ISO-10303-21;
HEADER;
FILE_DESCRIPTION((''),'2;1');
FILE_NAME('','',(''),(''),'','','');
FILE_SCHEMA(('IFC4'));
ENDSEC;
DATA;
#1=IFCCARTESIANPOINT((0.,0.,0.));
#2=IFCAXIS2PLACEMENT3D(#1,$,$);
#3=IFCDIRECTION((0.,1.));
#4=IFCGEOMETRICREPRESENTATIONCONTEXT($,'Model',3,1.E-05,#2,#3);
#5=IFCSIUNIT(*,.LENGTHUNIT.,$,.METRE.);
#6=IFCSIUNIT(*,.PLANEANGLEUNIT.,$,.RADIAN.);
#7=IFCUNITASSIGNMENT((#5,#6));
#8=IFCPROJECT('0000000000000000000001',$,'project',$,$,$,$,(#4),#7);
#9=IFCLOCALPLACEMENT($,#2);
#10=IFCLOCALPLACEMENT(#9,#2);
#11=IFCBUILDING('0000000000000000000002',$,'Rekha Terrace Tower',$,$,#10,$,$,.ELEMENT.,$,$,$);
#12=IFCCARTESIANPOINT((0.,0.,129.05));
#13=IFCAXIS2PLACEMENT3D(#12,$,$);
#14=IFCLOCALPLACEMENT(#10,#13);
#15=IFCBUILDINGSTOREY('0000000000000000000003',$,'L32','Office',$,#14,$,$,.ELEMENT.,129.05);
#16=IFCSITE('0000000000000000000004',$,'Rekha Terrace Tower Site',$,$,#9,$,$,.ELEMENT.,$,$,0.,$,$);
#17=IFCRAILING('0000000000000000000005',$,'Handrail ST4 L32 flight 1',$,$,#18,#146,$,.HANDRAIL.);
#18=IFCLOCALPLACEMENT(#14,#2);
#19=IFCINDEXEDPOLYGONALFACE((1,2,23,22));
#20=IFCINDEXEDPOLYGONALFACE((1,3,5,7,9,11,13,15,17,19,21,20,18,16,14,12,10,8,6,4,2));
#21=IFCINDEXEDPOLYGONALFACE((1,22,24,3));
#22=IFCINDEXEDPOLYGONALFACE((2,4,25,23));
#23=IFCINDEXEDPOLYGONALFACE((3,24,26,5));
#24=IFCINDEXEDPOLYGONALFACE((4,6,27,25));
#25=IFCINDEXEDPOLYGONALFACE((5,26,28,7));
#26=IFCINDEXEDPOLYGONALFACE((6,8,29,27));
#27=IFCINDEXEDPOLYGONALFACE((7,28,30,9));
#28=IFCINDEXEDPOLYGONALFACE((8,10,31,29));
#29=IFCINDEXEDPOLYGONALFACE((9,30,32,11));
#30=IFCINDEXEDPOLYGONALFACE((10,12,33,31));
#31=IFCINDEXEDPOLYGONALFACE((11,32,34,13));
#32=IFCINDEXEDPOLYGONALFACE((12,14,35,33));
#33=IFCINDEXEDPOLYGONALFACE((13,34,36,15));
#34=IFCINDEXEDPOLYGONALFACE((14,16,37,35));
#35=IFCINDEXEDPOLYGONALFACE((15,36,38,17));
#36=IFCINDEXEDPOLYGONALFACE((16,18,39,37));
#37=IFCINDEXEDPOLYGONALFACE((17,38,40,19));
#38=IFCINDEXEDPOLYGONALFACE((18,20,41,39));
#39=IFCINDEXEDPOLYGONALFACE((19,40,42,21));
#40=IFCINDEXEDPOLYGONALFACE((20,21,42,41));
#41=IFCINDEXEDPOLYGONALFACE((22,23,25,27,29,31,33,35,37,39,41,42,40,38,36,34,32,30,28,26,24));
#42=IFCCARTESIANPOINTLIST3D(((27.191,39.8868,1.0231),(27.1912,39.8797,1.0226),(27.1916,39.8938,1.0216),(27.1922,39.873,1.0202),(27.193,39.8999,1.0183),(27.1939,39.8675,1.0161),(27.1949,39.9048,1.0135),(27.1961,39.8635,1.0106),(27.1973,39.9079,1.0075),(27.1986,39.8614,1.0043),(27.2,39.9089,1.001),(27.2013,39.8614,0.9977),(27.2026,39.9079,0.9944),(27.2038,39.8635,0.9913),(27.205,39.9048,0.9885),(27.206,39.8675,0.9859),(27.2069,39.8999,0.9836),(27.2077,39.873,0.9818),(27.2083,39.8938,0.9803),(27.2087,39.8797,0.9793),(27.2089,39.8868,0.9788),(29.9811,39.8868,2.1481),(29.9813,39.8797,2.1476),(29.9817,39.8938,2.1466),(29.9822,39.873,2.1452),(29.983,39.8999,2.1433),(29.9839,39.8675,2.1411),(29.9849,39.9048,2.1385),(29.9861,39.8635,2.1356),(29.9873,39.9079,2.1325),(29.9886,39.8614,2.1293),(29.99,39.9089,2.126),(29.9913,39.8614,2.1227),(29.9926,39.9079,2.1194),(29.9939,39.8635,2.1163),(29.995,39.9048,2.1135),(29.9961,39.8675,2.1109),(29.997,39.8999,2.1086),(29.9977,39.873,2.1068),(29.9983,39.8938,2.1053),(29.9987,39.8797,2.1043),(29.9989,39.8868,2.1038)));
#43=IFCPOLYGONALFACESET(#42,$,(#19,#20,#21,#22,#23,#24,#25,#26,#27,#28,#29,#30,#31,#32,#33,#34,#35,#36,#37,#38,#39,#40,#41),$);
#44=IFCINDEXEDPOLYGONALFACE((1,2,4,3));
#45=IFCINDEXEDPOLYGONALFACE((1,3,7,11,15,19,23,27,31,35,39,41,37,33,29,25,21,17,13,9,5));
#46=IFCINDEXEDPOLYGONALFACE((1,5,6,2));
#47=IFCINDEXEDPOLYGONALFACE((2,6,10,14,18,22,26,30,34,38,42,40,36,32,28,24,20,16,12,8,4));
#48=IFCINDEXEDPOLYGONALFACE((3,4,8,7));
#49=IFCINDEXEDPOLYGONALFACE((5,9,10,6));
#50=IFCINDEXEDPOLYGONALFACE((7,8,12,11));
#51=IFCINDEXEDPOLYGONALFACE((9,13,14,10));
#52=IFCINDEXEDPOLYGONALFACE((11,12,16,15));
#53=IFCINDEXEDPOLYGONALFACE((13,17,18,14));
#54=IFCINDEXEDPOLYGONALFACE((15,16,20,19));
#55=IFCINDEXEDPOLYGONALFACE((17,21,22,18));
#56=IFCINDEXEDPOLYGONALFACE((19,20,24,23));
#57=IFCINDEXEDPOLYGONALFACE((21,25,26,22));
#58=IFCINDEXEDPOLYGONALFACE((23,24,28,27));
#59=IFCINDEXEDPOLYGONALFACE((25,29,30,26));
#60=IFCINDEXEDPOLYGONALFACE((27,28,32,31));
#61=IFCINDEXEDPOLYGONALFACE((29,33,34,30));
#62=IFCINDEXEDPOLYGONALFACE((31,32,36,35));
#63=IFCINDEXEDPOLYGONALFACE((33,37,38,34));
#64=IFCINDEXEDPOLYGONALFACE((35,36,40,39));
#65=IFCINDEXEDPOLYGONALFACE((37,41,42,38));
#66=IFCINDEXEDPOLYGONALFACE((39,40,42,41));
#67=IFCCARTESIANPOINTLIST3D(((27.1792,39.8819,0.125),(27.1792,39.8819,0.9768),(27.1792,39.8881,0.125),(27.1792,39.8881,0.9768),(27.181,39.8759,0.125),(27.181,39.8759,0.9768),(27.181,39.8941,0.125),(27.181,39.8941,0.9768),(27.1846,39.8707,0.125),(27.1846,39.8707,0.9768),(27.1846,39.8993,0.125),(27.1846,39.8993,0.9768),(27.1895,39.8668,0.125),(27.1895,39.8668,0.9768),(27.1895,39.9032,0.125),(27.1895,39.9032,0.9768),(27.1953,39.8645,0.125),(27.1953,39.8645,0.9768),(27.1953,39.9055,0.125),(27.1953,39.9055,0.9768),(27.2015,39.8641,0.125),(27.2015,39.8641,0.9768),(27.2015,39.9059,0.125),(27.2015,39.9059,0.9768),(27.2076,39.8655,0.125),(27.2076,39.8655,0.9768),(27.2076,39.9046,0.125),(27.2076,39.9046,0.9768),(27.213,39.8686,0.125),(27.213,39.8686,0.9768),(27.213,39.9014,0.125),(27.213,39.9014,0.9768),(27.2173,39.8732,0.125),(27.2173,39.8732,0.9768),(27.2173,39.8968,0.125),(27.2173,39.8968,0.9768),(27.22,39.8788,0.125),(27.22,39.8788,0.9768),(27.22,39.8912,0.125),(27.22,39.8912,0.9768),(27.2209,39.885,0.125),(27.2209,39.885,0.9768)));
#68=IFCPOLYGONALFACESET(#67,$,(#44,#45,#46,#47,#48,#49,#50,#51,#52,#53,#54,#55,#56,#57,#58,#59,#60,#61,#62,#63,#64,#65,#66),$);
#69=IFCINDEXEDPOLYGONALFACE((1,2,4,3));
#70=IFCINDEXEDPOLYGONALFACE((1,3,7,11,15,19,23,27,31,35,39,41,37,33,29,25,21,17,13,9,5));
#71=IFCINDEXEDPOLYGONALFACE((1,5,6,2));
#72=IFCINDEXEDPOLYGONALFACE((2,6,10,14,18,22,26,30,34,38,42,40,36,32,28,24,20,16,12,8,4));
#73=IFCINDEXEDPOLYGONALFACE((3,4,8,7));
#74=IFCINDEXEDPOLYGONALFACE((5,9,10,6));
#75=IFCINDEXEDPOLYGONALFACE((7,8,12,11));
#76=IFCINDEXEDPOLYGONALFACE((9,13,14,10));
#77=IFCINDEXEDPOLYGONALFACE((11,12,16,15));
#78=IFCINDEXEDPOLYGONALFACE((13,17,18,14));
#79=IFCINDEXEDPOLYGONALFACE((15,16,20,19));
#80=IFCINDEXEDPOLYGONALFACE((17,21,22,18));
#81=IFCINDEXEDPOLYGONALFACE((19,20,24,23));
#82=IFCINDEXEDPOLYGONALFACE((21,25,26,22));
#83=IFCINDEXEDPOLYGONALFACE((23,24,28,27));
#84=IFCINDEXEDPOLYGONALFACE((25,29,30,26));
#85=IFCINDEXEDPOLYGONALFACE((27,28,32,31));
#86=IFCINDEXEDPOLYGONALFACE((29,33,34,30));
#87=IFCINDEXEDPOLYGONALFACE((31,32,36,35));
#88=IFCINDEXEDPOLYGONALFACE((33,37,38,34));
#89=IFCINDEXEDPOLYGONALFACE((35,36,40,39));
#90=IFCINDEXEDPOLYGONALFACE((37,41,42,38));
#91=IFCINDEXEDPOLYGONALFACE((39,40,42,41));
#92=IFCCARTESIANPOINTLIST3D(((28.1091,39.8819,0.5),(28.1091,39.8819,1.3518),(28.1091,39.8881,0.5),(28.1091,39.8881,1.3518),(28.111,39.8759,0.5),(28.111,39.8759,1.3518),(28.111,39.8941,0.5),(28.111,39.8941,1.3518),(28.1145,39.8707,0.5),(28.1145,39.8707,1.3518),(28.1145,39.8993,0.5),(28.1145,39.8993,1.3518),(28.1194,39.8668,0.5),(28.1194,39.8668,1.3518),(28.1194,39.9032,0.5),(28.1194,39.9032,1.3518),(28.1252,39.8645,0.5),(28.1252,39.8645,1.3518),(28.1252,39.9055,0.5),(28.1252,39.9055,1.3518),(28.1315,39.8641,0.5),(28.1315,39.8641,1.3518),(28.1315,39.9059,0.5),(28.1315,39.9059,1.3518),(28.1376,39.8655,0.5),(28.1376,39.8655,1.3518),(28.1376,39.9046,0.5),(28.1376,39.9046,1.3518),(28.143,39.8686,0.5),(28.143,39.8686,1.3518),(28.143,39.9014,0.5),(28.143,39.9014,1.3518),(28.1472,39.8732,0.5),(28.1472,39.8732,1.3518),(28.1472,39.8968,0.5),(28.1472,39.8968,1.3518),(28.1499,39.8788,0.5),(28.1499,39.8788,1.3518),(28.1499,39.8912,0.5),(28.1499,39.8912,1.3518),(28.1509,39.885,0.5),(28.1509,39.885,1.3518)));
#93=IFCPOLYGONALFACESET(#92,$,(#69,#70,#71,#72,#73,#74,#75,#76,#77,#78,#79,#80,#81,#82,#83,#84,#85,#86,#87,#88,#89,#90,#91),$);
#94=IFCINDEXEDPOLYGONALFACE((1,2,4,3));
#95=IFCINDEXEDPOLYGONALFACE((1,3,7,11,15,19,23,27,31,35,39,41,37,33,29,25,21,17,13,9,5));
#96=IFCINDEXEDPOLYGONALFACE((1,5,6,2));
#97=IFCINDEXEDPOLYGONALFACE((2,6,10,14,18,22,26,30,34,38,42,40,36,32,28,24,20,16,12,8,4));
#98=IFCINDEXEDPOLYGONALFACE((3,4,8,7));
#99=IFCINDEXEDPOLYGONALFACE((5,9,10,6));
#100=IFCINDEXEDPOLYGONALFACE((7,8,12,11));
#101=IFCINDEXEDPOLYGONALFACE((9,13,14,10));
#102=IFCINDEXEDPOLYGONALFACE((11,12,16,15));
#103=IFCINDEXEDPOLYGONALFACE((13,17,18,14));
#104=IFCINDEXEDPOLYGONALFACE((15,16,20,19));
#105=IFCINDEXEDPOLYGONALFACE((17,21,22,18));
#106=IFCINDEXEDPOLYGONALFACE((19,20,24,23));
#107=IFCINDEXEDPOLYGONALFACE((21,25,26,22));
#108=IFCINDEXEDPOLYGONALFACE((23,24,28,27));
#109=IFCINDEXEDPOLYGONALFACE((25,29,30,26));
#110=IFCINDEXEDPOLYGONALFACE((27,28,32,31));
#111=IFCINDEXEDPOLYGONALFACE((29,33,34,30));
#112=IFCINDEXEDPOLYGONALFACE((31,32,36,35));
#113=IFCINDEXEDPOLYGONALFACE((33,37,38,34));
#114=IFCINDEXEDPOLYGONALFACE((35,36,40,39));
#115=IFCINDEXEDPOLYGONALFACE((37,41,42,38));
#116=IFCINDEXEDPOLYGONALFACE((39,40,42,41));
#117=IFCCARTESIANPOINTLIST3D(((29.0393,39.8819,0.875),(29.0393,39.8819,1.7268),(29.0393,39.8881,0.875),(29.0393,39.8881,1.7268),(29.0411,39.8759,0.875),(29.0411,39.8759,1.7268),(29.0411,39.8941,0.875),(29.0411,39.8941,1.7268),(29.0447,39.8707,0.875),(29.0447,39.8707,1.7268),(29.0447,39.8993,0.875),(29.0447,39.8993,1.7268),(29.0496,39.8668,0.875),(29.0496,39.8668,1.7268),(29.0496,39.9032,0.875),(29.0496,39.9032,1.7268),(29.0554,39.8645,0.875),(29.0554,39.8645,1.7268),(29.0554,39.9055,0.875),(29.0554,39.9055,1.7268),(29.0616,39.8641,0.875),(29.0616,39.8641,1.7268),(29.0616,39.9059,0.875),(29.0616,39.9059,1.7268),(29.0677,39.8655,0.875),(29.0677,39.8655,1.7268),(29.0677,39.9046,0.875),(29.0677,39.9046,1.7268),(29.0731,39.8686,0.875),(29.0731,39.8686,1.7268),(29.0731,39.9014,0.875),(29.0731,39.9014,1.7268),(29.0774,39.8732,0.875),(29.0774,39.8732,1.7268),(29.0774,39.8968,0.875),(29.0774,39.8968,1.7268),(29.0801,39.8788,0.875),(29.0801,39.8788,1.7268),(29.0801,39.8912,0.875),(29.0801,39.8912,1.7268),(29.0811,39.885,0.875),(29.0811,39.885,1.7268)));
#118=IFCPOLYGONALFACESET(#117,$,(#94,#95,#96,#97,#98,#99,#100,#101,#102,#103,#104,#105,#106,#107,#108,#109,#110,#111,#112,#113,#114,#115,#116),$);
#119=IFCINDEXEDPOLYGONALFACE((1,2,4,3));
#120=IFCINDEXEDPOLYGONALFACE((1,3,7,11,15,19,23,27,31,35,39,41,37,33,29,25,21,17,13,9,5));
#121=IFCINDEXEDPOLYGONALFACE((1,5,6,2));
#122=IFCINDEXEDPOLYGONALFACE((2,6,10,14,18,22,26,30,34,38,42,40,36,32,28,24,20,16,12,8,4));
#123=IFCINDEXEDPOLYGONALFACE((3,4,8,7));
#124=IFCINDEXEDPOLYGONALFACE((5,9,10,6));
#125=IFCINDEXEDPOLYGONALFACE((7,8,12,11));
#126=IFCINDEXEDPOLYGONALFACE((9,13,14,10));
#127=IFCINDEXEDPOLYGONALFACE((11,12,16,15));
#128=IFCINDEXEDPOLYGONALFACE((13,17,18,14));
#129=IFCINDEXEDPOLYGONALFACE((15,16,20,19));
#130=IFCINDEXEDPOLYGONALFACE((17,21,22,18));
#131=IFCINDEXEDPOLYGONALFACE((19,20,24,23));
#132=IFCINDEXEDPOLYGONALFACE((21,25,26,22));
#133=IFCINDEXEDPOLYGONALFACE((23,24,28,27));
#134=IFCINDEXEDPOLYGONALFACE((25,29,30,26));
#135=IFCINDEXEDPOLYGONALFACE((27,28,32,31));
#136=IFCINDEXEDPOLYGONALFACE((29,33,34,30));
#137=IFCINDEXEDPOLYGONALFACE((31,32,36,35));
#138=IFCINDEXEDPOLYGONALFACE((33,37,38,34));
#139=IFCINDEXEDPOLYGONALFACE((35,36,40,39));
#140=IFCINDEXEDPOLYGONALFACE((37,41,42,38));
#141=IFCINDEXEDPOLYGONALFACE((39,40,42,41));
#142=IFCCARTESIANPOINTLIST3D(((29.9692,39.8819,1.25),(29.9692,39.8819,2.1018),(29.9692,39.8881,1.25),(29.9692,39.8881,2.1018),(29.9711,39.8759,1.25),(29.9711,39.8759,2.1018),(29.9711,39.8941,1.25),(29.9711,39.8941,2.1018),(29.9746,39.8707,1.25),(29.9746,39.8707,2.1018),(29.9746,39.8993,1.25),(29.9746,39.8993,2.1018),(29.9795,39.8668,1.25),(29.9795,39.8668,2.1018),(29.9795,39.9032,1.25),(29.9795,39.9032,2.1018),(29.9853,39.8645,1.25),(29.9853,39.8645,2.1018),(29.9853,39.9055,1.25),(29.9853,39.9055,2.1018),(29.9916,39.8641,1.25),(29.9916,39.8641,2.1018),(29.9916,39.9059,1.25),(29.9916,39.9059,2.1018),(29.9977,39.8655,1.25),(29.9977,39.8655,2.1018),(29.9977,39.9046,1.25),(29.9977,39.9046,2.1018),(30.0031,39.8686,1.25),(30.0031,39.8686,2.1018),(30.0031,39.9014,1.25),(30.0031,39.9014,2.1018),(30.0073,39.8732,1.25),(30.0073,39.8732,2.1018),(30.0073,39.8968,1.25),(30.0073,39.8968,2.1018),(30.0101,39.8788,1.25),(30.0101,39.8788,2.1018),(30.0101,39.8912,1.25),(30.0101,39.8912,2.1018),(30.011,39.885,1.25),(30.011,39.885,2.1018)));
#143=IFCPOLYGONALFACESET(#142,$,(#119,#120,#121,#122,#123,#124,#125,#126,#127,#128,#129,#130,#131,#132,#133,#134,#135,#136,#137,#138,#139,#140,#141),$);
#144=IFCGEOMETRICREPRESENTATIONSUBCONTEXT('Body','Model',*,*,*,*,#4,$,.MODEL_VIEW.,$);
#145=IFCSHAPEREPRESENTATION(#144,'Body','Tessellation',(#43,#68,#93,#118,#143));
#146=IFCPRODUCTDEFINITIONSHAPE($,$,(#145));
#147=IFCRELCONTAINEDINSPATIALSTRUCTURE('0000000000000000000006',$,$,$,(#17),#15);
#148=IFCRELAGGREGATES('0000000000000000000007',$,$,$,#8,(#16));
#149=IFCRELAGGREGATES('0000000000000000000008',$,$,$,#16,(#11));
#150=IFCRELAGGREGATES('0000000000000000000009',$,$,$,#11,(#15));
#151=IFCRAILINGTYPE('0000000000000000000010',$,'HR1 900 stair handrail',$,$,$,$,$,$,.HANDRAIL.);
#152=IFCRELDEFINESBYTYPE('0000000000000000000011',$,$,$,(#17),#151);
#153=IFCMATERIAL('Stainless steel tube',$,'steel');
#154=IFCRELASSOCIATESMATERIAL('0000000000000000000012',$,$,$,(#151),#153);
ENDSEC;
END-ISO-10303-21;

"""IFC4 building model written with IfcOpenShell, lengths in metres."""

from ifc_helpers import new_model, si_unit, direction, frame, origin, origin_2d, place, context, subcontext, project, spatial, circle, extrude, material, type_object, element, save


model = new_model("IFC4")

# Units and contexts
model_context = context("Model", 3, precision=1e-05, world=origin(), true_north=direction((0.0, 1.0)))
body_context = subcontext(model_context, "Body", "Model", "MODEL_VIEW")
ifc_project = project(units=[si_unit("LENGTHUNIT", "METRE"), si_unit("PLANEANGLEUNIT", "RADIAN")], contexts=[model_context])

# Site, building, storey
site_placement = place(None, origin())
site = spatial("IfcSite", under=ifc_project, at=site_placement, Name="Rekha Terrace Tower Site", CompositionType="ELEMENT", RefElevation=0.0)
building_placement = place(site_placement, origin())
building = spatial("IfcBuilding", under=site, at=building_placement, Name="Rekha Terrace Tower", CompositionType="ELEMENT")
storey_placement = place(building_placement, frame((0.0, 0.0, 129.05)))
storey = spatial("IfcBuildingStorey", under=building, at=storey_placement, Name="L32", Description="Office", CompositionType="ELEMENT", Elevation=129.05)

# Railing
ifc_material_1 = material(Name="Stainless steel tube", Category="steel")
railing_type_1 = type_object("IfcRailingType", Name="HR1 900 stair handrail", PredefinedType="HANDRAIL", material=ifc_material_1)
railing_1_placement = place(storey_placement, frame((27.2, 39.885, 0.125)))
element("IfcRailing", 1, at=railing_1_placement, inside=storey, type_object=railing_type_1, Name="Handrail ST4 L32 flight 1", PredefinedType="HANDRAIL", context=body_context, shape_type="SweptSolid", body=[
    extrude(circle(Radius=0.0239, at=origin_2d()), frame((0.0, 0.0, 0.876), z_axis=(0.927443, 0.0, 0.373964), x_axis=(0.0, 1.0, 0.0)), (0.0, 0.0, 1.0), 3.0083),
    extrude(circle(Radius=0.021, at=origin_2d()), origin(), (0.0, 0.0, 1.0), 0.8518),
    extrude(circle(Radius=0.021, at=origin_2d()), frame((0.9299, 0.0, 0.375)), (0.0, 0.0, 1.0), 0.8518),
    extrude(circle(Radius=0.021, at=origin_2d()), frame((1.8601, 0.0, 0.75)), (0.0, 0.0, 1.0), 0.8518),
    extrude(circle(Radius=0.021, at=origin_2d()), frame((2.79, 0.0, 1.125)), (0.0, 0.0, 1.0), 0.8518),
])

save(model, "model.ifc")
